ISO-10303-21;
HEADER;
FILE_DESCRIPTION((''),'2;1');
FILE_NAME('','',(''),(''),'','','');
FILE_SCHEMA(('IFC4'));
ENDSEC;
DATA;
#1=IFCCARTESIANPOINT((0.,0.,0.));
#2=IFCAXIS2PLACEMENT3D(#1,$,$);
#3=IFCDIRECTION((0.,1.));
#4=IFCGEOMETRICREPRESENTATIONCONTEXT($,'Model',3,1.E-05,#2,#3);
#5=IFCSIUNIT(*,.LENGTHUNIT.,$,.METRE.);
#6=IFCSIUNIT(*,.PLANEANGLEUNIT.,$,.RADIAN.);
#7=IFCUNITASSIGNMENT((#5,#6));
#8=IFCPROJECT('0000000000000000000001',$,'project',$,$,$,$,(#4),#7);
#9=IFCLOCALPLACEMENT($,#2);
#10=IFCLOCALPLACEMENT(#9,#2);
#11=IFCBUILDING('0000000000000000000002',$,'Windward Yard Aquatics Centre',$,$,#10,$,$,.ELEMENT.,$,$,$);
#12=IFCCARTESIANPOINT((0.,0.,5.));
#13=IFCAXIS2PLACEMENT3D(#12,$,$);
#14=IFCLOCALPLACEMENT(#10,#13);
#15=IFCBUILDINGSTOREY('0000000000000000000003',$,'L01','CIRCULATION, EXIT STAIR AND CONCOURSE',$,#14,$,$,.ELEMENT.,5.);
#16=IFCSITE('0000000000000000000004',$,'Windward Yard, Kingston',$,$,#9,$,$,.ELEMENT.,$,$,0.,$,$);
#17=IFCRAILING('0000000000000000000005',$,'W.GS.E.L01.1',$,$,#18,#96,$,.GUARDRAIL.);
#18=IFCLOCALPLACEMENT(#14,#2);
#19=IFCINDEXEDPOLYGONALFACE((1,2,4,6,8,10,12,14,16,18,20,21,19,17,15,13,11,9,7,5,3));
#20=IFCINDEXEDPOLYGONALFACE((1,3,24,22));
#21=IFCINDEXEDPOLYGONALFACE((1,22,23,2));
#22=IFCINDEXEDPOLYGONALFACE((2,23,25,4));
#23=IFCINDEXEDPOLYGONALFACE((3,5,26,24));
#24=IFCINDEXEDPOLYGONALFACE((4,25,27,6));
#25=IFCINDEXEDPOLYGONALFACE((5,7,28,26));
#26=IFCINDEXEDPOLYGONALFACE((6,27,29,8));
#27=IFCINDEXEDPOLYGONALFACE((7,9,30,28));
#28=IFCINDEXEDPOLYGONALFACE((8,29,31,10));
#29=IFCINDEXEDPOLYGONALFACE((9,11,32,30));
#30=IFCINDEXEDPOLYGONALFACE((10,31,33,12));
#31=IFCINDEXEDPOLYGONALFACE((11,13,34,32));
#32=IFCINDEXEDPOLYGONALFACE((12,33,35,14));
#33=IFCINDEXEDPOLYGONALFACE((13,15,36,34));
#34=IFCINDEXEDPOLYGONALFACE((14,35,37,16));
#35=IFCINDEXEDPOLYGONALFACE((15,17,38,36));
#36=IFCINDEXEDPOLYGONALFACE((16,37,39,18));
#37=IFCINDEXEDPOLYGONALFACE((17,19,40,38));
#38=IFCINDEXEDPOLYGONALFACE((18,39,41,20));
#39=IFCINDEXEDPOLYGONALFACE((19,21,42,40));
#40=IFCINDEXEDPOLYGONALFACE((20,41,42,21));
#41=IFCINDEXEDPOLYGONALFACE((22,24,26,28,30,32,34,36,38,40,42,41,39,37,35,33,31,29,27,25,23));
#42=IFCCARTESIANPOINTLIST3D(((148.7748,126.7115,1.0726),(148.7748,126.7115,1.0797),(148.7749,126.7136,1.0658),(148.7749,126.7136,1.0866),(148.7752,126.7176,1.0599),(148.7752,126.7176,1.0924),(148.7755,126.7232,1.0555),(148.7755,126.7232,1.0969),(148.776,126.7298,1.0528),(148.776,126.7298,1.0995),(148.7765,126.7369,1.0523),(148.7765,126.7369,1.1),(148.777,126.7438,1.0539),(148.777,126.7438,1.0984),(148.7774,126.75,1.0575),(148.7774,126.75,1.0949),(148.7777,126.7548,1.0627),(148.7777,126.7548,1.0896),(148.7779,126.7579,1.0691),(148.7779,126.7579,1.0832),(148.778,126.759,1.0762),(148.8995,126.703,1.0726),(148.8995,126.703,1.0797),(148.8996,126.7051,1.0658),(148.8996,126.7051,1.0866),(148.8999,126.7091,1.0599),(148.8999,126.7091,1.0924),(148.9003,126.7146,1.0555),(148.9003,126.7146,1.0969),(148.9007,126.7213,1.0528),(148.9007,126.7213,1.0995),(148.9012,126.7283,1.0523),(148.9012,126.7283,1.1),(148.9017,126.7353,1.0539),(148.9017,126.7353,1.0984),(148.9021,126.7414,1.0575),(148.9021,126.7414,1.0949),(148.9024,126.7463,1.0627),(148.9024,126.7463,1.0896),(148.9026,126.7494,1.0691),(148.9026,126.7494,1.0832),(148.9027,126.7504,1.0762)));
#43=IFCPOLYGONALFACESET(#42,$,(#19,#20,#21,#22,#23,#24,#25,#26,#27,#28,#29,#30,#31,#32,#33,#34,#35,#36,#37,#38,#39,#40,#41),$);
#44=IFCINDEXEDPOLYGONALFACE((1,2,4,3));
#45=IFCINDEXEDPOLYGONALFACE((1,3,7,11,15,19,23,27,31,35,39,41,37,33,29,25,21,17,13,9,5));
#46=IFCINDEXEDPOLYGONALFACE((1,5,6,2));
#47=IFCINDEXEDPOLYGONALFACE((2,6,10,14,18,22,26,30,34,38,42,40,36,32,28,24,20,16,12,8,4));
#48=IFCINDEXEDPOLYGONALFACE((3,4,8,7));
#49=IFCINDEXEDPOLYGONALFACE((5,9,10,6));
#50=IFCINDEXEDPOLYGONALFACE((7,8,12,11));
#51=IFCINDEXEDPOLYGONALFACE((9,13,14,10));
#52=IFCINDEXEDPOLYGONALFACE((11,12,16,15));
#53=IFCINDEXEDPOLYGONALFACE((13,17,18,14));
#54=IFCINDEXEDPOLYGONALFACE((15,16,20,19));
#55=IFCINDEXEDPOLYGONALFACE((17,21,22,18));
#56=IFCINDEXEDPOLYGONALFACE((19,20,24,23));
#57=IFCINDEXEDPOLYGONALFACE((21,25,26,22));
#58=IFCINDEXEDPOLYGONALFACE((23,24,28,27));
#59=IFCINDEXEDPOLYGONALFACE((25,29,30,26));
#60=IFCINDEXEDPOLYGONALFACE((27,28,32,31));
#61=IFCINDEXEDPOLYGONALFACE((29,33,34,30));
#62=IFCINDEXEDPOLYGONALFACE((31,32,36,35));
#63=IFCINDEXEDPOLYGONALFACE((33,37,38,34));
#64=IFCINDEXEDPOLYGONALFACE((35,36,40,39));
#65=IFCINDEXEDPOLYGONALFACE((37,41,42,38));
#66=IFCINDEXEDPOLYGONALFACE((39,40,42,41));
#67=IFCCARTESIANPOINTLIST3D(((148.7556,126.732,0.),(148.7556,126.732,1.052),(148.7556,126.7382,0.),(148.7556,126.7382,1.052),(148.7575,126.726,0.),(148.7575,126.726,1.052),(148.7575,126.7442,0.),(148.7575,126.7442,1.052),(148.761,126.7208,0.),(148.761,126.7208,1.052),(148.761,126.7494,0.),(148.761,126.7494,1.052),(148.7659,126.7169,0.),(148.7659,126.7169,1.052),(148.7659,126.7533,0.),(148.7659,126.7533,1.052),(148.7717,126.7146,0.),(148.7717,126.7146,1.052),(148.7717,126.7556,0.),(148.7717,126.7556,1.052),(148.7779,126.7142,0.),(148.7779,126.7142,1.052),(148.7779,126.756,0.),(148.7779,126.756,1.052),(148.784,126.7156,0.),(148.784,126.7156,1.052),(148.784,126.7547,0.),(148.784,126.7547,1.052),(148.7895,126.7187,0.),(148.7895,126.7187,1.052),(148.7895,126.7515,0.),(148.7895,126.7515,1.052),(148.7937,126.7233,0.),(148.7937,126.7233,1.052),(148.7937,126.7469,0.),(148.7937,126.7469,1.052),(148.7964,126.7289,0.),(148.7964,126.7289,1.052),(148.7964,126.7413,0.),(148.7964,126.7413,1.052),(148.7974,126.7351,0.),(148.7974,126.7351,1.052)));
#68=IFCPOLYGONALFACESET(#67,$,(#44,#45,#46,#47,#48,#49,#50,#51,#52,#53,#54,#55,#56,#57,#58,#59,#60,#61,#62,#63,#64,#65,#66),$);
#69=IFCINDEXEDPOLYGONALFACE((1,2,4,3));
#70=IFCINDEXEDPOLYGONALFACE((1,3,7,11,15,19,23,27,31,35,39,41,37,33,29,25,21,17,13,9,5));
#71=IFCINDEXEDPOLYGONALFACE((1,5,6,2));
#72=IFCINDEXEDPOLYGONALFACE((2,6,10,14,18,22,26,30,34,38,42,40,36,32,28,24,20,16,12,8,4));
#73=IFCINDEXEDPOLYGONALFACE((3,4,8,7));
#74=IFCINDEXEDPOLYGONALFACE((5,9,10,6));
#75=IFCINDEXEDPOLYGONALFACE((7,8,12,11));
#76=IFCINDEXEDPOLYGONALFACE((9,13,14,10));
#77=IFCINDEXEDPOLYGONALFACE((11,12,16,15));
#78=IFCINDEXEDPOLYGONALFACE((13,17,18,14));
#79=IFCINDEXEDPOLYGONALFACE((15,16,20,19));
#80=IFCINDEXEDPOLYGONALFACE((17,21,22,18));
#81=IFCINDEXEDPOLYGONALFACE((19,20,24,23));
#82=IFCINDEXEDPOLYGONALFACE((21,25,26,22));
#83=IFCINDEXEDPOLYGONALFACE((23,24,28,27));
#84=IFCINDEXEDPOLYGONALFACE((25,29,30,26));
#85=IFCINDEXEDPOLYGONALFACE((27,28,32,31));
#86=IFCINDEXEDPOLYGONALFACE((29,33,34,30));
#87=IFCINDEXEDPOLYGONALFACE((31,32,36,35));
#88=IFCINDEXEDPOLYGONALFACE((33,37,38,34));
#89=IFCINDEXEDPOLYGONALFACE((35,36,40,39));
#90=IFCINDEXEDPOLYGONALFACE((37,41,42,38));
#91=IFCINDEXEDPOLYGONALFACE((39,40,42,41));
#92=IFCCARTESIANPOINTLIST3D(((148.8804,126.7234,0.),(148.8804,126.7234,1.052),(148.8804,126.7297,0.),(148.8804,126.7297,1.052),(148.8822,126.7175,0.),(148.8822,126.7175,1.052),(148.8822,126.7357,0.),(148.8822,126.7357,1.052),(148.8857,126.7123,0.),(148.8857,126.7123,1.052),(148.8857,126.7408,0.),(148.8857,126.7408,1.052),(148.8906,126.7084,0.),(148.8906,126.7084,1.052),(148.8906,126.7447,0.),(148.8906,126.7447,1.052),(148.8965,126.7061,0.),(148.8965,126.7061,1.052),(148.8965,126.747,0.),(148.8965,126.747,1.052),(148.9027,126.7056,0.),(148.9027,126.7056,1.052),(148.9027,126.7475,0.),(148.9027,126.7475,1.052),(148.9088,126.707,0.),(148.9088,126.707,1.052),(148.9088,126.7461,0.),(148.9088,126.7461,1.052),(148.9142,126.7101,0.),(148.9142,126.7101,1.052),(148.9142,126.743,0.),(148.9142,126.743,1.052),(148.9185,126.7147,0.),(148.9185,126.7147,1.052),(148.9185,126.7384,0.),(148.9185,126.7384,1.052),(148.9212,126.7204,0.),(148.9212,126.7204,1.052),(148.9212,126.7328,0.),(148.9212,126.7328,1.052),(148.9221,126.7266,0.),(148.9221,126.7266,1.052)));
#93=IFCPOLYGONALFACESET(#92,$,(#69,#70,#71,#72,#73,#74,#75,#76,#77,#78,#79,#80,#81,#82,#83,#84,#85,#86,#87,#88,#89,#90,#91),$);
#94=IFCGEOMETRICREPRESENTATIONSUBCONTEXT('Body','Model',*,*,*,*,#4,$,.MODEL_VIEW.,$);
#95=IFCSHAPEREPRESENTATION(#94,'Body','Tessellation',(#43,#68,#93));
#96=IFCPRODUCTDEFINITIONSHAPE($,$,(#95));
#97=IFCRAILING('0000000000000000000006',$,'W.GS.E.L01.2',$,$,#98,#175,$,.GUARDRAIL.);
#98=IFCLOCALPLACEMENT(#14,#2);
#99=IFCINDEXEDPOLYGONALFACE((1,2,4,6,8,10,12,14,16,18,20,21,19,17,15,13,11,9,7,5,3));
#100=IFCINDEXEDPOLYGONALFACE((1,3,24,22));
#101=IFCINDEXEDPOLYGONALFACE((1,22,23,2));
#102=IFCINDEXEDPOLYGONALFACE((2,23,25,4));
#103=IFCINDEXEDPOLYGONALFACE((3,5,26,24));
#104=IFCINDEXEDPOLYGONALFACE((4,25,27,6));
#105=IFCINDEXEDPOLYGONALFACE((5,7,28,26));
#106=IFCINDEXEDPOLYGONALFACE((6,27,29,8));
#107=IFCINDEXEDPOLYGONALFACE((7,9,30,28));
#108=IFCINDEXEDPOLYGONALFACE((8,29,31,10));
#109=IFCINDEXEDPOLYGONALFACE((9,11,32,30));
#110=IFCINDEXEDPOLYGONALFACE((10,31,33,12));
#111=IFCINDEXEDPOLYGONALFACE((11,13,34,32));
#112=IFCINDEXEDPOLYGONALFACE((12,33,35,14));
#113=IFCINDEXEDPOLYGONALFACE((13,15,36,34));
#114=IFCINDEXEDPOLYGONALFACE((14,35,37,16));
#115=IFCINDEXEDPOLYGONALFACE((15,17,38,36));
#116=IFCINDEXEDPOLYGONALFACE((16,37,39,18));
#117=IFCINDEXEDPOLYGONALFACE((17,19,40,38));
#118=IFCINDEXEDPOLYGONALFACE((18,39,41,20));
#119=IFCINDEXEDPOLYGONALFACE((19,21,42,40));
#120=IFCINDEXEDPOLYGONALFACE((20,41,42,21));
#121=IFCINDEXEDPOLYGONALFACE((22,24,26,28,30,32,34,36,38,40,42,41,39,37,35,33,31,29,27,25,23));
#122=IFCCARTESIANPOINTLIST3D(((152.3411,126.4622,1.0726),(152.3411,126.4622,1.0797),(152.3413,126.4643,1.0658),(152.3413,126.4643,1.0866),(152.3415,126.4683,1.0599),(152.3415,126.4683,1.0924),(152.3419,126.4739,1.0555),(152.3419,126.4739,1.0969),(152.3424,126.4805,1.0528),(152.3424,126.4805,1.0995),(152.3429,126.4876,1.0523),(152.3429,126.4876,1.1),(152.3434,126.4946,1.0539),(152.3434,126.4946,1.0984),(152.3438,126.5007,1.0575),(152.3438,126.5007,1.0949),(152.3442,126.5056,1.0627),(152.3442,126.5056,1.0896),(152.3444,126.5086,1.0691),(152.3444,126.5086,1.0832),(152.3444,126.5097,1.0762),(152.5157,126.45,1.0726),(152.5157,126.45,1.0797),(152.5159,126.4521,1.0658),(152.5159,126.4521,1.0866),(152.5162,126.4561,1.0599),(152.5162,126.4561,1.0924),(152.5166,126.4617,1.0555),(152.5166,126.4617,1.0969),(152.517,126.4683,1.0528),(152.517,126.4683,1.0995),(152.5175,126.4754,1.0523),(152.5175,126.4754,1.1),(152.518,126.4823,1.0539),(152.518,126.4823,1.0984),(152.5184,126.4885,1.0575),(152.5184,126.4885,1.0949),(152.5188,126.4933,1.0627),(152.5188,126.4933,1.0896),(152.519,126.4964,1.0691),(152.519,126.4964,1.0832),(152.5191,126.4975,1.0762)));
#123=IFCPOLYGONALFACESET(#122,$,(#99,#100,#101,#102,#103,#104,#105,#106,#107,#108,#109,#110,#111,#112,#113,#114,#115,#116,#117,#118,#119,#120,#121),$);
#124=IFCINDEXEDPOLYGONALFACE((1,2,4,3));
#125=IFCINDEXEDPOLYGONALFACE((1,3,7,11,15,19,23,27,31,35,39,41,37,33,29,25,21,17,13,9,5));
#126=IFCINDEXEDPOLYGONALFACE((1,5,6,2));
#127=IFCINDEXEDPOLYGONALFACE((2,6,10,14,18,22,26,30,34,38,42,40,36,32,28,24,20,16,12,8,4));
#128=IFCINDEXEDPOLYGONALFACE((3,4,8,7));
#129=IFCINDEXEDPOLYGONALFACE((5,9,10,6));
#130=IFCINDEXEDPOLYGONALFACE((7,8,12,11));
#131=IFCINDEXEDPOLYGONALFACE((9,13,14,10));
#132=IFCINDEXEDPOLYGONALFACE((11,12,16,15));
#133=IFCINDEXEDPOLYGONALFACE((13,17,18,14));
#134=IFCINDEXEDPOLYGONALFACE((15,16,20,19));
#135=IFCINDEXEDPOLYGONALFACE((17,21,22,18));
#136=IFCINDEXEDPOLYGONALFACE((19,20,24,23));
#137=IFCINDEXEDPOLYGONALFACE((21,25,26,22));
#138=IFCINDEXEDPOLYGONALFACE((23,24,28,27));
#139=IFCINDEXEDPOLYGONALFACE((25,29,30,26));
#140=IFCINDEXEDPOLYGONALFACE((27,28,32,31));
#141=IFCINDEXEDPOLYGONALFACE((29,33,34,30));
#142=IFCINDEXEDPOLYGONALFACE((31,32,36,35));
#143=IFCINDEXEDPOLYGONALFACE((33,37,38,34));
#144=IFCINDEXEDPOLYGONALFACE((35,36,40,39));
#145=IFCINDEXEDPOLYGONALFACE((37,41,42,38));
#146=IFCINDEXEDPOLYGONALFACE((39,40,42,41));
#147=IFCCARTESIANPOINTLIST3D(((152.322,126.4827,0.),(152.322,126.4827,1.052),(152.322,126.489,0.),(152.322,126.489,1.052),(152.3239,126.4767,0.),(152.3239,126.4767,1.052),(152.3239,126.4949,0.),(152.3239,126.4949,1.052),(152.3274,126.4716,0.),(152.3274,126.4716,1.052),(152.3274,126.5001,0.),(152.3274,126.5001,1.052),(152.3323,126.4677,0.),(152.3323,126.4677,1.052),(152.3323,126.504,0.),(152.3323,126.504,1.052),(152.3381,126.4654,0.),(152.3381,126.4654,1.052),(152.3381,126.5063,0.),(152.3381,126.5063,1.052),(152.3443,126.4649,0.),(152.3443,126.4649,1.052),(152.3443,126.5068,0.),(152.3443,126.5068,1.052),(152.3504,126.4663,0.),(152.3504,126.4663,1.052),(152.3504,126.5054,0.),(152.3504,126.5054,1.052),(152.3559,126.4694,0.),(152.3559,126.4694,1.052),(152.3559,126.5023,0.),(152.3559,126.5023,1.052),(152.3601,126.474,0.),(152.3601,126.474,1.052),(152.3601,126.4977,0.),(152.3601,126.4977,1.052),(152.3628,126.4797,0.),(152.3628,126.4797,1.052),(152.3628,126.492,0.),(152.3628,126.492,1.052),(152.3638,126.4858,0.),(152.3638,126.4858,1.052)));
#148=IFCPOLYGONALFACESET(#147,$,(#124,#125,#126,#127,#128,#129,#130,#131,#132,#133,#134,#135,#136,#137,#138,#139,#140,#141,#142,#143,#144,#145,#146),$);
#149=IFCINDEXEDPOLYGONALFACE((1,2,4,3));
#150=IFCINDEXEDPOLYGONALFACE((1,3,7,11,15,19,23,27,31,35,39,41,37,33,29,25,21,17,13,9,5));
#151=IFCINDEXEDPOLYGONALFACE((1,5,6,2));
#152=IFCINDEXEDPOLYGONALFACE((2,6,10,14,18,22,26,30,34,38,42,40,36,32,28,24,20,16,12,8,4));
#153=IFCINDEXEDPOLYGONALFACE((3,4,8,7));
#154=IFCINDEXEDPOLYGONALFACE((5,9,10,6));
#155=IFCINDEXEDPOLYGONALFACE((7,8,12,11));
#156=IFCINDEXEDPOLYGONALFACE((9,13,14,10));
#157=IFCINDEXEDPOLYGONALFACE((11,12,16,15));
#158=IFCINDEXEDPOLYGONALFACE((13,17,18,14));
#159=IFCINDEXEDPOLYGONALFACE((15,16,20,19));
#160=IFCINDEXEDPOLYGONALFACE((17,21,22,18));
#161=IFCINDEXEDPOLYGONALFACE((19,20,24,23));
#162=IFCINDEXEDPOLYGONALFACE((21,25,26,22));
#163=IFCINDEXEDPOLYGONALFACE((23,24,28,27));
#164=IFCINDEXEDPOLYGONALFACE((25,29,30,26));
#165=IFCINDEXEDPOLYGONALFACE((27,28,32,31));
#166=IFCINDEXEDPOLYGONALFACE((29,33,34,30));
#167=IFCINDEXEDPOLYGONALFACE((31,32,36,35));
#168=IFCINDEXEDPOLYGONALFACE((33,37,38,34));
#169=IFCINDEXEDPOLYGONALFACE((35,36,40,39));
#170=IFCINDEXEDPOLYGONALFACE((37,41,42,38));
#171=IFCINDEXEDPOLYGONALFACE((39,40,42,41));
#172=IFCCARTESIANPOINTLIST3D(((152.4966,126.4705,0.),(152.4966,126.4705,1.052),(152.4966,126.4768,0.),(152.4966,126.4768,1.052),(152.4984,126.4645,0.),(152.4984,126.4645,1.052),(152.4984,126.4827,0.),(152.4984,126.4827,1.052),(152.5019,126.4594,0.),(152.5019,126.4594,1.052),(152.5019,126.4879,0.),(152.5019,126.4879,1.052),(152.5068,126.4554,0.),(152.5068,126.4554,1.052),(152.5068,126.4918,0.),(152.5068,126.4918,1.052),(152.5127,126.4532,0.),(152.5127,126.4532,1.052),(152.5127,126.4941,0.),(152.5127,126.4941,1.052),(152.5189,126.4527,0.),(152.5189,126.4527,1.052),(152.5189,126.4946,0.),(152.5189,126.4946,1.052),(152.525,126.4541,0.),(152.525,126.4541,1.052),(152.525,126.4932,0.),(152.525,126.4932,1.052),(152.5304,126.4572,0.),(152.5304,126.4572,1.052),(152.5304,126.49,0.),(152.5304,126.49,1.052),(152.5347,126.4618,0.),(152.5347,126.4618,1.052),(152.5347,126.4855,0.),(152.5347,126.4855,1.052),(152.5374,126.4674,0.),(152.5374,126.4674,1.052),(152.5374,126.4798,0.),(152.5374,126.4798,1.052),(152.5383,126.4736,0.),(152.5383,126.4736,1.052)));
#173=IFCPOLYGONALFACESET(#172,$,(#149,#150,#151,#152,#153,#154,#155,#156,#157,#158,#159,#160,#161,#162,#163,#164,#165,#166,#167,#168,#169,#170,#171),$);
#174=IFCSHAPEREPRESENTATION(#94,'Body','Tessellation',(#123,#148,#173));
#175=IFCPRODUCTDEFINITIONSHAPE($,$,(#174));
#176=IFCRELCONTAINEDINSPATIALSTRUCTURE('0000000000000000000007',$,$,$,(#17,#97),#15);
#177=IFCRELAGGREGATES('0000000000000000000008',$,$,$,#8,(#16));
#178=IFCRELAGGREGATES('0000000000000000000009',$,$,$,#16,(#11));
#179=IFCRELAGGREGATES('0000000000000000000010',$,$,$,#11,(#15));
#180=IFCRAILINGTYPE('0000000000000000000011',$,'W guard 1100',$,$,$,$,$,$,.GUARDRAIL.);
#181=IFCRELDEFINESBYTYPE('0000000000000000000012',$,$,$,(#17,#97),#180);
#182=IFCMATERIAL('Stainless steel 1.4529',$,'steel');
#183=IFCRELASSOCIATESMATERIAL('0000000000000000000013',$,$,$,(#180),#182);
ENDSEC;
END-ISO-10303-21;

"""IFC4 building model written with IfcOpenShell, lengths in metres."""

from ifc_helpers import new_model, si_unit, direction, frame, origin, origin_2d, place, context, subcontext, project, spatial, circle, extrude, material, type_object, element, save


model = new_model("IFC4")

# Units and contexts
model_context = context("Model", 3, precision=1e-05, world=origin(), true_north=direction((0.0, 1.0)))
body_context = subcontext(model_context, "Body", "Model", "MODEL_VIEW")
ifc_project = project(units=[si_unit("LENGTHUNIT", "METRE"), si_unit("PLANEANGLEUNIT", "RADIAN")], contexts=[model_context])

# Site, building, storey
site_placement = place(None, origin())
site = spatial("IfcSite", under=ifc_project, at=site_placement, Name="Windward Yard, Kingston", CompositionType="ELEMENT", RefElevation=0.0)
building_placement = place(site_placement, origin())
building = spatial("IfcBuilding", under=site, at=building_placement, Name="Windward Yard Aquatics Centre", CompositionType="ELEMENT")
storey_placement = place(building_placement, frame((0.0, 0.0, 5.0)))
storey = spatial("IfcBuildingStorey", under=building, at=storey_placement, Name="L01", Description="CIRCULATION, EXIT STAIR AND CONCOURSE", CompositionType="ELEMENT", Elevation=5.0)

# Railings
ifc_material_1 = material(Name="Stainless steel 1.4529", Category="steel")
railing_type_1 = type_object("IfcRailingType", Name="W guard 1100", PredefinedType="GUARDRAIL", material=ifc_material_1)
railing_1_placement = place(storey_placement, frame((148.7764, 126.7351, 0.0)))
element("IfcRailing", 1, at=railing_1_placement, inside=storey, type_object=railing_type_1, Name="W.GS.E.L01.1", PredefinedType="GUARDRAIL", context=body_context, shape_type="SweptSolid", body=[
    extrude(circle(Radius=0.0239, at=origin_2d()), frame((0.0, 0.0, 1.0762), z_axis=(0.997663, -0.068333, 0.0), x_axis=(0.068333, 0.997663, 0.0)), (0.0, 0.0, 1.0), 0.125),
    extrude(circle(Radius=0.021, at=origin_2d()), origin(), (0.0, 0.0, 1.0), 1.052),
    extrude(circle(Radius=0.021, at=origin_2d()), frame((0.1248, -0.0085, 0.0)), (0.0, 0.0, 1.0), 1.052),
])
railing_2_placement = place(storey_placement, frame((152.3428, 126.4858, 0.0)))
element("IfcRailing", 2, at=railing_2_placement, inside=storey, type_object=railing_type_1, Name="W.GS.E.L01.2", PredefinedType="GUARDRAIL", context=body_context, shape_type="SweptSolid", body=[
    extrude(circle(Radius=0.0239, at=origin_2d()), frame((0.0, 0.0, 1.0762), z_axis=(0.997564, -0.06976, 0.0), x_axis=(0.06976, 0.997564, 0.0)), (0.0, 0.0, 1.0), 0.175),
    extrude(circle(Radius=0.021, at=origin_2d()), origin(), (0.0, 0.0, 1.0), 1.052),
    extrude(circle(Radius=0.021, at=origin_2d()), frame((0.1746, -0.0122, 0.0)), (0.0, 0.0, 1.0), 1.052),
])

save(model, "model.ifc")
